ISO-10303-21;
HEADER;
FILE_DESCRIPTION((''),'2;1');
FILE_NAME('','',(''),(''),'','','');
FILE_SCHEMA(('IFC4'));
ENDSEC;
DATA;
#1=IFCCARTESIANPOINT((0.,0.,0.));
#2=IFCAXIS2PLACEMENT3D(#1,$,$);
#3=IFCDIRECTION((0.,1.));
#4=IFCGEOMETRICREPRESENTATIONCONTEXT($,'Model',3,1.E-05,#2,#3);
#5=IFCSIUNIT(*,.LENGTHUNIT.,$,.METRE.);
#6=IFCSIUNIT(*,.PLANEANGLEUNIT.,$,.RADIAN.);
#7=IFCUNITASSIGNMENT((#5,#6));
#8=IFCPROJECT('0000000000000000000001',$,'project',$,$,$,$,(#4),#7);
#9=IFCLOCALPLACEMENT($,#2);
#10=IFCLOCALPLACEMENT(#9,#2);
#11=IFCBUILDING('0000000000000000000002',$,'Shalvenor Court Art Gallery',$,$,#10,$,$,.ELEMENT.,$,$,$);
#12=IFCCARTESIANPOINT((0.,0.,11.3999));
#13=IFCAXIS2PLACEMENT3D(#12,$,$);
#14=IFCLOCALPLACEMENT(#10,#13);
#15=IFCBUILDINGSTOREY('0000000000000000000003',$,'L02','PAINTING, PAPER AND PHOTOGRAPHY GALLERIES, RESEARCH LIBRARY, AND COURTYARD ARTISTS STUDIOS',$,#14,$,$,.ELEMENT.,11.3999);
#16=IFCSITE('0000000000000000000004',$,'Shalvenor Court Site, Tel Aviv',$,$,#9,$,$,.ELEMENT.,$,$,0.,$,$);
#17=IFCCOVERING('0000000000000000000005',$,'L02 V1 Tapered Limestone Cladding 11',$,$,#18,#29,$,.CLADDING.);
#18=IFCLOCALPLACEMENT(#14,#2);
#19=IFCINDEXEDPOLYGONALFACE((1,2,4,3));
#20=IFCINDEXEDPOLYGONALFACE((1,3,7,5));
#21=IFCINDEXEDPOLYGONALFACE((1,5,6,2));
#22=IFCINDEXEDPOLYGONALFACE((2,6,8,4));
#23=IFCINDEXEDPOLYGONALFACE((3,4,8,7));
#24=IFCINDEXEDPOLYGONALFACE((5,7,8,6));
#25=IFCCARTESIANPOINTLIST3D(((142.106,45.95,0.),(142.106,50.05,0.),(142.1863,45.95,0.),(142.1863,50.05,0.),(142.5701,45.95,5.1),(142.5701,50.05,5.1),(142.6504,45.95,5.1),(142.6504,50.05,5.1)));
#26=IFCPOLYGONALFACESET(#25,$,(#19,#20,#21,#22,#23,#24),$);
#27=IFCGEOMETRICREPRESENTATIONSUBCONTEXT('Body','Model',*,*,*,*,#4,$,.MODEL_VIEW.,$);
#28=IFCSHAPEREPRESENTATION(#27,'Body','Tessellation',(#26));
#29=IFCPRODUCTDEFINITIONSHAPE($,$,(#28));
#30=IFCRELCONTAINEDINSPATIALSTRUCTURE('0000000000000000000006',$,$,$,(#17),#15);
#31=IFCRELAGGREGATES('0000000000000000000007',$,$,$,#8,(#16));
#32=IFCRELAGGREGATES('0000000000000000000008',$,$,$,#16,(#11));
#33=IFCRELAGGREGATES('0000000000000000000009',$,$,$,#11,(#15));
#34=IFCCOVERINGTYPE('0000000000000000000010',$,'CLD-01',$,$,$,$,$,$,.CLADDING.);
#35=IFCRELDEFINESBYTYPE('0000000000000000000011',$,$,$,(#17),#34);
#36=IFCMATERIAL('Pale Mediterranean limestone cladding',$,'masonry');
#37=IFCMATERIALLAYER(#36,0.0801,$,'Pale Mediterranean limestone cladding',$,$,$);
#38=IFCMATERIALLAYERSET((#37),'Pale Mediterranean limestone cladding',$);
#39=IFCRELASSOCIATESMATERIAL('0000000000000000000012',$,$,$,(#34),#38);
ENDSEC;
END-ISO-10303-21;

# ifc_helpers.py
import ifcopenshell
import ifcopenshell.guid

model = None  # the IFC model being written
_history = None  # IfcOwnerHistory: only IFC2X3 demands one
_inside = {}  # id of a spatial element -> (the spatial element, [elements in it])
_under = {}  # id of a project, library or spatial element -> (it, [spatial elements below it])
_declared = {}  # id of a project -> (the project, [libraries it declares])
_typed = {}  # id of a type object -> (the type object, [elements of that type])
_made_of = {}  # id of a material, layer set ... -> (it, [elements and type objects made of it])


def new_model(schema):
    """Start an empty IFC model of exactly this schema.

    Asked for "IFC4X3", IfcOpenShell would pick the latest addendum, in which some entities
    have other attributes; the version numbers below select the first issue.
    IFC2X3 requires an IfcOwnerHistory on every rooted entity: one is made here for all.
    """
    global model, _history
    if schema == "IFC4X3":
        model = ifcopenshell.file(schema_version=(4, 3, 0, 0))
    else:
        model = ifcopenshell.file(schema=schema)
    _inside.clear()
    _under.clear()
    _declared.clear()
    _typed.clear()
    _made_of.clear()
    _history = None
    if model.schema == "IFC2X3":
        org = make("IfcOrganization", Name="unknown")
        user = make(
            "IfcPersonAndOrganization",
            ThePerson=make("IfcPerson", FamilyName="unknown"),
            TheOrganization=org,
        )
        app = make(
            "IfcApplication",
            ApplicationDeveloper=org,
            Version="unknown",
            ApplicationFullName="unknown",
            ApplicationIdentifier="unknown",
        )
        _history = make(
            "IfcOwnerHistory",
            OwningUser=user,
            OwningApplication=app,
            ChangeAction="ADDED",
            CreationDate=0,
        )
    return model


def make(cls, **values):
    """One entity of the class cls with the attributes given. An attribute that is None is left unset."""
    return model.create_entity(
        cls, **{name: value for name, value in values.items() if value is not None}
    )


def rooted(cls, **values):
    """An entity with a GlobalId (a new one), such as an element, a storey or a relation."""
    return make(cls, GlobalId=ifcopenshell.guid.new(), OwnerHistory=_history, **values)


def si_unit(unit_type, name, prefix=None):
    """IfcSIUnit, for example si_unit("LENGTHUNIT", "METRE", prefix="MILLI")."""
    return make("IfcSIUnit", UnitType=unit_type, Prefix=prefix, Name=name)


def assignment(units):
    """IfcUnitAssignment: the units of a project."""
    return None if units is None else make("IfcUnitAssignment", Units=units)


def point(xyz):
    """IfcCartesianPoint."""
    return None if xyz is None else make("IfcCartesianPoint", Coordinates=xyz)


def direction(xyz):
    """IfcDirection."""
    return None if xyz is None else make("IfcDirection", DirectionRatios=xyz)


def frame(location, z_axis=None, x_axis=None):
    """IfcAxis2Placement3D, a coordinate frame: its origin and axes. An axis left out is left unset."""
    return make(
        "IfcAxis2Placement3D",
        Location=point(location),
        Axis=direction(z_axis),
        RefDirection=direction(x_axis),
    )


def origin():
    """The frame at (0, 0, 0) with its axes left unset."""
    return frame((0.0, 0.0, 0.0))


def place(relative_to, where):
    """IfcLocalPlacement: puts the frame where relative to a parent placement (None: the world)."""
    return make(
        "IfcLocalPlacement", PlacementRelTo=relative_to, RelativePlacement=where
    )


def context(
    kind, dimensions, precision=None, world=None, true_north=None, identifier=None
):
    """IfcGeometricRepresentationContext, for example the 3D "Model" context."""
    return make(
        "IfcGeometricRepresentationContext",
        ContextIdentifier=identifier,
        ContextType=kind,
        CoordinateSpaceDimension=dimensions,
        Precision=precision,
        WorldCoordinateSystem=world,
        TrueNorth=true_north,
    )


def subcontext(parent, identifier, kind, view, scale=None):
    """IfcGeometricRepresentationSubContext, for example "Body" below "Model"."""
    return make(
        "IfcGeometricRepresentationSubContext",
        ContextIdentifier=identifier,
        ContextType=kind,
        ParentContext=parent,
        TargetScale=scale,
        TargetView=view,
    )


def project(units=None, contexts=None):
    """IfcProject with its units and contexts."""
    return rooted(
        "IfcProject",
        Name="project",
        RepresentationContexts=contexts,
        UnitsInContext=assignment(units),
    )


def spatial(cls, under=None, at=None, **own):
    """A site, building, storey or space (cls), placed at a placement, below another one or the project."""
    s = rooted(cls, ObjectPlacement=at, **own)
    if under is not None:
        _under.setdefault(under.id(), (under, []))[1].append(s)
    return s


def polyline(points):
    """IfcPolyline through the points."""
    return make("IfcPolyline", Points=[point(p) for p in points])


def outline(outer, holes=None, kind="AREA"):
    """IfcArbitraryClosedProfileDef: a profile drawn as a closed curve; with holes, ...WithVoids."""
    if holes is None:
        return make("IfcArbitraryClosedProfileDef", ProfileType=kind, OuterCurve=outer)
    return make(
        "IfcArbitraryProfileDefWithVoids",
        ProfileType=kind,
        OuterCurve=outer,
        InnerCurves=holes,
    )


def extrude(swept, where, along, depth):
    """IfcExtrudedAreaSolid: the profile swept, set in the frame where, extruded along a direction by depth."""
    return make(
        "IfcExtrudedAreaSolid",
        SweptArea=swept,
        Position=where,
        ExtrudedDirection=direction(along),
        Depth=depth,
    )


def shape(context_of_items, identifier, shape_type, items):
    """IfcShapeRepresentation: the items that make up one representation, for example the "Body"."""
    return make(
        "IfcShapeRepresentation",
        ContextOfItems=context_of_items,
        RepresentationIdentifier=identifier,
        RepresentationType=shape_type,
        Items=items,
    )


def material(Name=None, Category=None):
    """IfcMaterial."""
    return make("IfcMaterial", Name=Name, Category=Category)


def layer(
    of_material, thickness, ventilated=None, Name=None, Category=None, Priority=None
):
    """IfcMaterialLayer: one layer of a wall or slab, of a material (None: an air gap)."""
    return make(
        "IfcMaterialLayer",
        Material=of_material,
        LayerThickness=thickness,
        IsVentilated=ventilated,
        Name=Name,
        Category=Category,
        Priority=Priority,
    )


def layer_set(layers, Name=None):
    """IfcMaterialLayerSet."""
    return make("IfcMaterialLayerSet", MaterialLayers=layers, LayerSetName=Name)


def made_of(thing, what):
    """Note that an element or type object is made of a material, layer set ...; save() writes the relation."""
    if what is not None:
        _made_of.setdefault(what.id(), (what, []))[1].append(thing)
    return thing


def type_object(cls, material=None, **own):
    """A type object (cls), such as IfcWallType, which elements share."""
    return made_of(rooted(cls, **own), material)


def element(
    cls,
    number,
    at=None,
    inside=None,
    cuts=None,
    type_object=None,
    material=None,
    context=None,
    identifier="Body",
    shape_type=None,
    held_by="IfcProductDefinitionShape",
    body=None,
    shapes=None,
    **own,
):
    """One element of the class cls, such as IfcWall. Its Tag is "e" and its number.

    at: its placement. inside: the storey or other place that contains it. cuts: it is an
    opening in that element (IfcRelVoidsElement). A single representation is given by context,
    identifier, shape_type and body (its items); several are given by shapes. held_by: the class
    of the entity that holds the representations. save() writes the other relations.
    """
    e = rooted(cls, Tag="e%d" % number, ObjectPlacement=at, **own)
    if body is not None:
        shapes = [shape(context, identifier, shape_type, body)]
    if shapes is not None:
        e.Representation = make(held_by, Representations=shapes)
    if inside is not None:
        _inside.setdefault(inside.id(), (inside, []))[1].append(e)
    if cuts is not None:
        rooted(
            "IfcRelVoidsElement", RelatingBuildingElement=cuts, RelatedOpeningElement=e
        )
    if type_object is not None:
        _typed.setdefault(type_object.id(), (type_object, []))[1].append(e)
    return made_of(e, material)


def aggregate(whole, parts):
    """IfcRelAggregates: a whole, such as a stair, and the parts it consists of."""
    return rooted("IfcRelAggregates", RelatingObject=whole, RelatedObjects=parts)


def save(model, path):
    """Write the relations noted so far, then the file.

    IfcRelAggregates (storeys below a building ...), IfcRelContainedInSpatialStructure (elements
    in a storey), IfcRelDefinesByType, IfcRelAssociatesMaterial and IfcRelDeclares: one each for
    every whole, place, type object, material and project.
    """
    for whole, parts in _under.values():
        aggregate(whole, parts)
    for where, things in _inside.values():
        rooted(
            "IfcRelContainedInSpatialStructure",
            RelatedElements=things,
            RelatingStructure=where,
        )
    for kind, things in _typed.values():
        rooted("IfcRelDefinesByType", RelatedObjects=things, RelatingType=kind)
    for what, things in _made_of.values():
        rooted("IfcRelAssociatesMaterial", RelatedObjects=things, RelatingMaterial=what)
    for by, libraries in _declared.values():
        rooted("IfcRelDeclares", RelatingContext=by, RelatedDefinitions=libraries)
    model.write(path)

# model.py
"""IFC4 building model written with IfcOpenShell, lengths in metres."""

from ifc_helpers import new_model, si_unit, direction, frame, origin, place, context, subcontext, project, spatial, polyline, outline, extrude, material, layer, layer_set, type_object, element, save


model = new_model("IFC4")

# Units and contexts
model_context = context("Model", 3, precision=1e-05, world=origin(), true_north=direction((0.0, 1.0)))
body_context = subcontext(model_context, "Body", "Model", "MODEL_VIEW")
ifc_project = project(units=[si_unit("LENGTHUNIT", "METRE"), si_unit("PLANEANGLEUNIT", "RADIAN")], contexts=[model_context])

# Site, building, storey
site_placement = place(None, origin())
site = spatial("IfcSite", under=ifc_project, at=site_placement, Name="Shalvenor Court Site, Tel Aviv", CompositionType="ELEMENT", RefElevation=0.0)
building_placement = place(site_placement, origin())
building = spatial("IfcBuilding", under=site, at=building_placement, Name="Shalvenor Court Art Gallery", CompositionType="ELEMENT")
storey_placement = place(building_placement, frame((0.0, 0.0, 11.3999)))
storey = spatial("IfcBuildingStorey", under=building, at=storey_placement, Name="L02", Description="PAINTING, PAPER AND PHOTOGRAPHY GALLERIES, RESEARCH LIBRARY, AND COURTYARD ARTISTS STUDIOS", CompositionType="ELEMENT", Elevation=11.3999)

# Covering
ifc_material_1 = material(Name="Pale Mediterranean limestone cladding", Category="masonry")
ifc_layer_1 = layer(ifc_material_1, 0.0801, Name="Pale Mediterranean limestone cladding")
ifc_layer_set_1 = layer_set([ifc_layer_1], Name="Pale Mediterranean limestone cladding")
covering_type = type_object("IfcCoveringType", Name="CLD-01", PredefinedType="CLADDING", material=ifc_layer_set_1)
covering_placement = place(storey_placement, frame((142.106, 50.05, 0.0), z_axis=(0.0, 0.0, 1.0), x_axis=(0.0, -1.0, 0.0)))
element("IfcCovering", 1, at=covering_placement, inside=storey, type_object=covering_type, Name="L02 V1 Tapered Limestone Cladding 11", PredefinedType="CLADDING", context=body_context, shape_type="SweptSolid", body=[
    extrude(outline(polyline([(0.0, 0.0), (4.1001, 0.0), (4.1001, 5.1211), (0.0, 5.1211), (0.0, 0.0)])), frame((0.0, 0.0, 0.0), z_axis=(0.0, -0.995884, 0.090633), x_axis=(1.0, 0.0, 0.0)), (0.0, 0.090633, -0.995884), 0.0803),
])

save(model, "model.ifc")
